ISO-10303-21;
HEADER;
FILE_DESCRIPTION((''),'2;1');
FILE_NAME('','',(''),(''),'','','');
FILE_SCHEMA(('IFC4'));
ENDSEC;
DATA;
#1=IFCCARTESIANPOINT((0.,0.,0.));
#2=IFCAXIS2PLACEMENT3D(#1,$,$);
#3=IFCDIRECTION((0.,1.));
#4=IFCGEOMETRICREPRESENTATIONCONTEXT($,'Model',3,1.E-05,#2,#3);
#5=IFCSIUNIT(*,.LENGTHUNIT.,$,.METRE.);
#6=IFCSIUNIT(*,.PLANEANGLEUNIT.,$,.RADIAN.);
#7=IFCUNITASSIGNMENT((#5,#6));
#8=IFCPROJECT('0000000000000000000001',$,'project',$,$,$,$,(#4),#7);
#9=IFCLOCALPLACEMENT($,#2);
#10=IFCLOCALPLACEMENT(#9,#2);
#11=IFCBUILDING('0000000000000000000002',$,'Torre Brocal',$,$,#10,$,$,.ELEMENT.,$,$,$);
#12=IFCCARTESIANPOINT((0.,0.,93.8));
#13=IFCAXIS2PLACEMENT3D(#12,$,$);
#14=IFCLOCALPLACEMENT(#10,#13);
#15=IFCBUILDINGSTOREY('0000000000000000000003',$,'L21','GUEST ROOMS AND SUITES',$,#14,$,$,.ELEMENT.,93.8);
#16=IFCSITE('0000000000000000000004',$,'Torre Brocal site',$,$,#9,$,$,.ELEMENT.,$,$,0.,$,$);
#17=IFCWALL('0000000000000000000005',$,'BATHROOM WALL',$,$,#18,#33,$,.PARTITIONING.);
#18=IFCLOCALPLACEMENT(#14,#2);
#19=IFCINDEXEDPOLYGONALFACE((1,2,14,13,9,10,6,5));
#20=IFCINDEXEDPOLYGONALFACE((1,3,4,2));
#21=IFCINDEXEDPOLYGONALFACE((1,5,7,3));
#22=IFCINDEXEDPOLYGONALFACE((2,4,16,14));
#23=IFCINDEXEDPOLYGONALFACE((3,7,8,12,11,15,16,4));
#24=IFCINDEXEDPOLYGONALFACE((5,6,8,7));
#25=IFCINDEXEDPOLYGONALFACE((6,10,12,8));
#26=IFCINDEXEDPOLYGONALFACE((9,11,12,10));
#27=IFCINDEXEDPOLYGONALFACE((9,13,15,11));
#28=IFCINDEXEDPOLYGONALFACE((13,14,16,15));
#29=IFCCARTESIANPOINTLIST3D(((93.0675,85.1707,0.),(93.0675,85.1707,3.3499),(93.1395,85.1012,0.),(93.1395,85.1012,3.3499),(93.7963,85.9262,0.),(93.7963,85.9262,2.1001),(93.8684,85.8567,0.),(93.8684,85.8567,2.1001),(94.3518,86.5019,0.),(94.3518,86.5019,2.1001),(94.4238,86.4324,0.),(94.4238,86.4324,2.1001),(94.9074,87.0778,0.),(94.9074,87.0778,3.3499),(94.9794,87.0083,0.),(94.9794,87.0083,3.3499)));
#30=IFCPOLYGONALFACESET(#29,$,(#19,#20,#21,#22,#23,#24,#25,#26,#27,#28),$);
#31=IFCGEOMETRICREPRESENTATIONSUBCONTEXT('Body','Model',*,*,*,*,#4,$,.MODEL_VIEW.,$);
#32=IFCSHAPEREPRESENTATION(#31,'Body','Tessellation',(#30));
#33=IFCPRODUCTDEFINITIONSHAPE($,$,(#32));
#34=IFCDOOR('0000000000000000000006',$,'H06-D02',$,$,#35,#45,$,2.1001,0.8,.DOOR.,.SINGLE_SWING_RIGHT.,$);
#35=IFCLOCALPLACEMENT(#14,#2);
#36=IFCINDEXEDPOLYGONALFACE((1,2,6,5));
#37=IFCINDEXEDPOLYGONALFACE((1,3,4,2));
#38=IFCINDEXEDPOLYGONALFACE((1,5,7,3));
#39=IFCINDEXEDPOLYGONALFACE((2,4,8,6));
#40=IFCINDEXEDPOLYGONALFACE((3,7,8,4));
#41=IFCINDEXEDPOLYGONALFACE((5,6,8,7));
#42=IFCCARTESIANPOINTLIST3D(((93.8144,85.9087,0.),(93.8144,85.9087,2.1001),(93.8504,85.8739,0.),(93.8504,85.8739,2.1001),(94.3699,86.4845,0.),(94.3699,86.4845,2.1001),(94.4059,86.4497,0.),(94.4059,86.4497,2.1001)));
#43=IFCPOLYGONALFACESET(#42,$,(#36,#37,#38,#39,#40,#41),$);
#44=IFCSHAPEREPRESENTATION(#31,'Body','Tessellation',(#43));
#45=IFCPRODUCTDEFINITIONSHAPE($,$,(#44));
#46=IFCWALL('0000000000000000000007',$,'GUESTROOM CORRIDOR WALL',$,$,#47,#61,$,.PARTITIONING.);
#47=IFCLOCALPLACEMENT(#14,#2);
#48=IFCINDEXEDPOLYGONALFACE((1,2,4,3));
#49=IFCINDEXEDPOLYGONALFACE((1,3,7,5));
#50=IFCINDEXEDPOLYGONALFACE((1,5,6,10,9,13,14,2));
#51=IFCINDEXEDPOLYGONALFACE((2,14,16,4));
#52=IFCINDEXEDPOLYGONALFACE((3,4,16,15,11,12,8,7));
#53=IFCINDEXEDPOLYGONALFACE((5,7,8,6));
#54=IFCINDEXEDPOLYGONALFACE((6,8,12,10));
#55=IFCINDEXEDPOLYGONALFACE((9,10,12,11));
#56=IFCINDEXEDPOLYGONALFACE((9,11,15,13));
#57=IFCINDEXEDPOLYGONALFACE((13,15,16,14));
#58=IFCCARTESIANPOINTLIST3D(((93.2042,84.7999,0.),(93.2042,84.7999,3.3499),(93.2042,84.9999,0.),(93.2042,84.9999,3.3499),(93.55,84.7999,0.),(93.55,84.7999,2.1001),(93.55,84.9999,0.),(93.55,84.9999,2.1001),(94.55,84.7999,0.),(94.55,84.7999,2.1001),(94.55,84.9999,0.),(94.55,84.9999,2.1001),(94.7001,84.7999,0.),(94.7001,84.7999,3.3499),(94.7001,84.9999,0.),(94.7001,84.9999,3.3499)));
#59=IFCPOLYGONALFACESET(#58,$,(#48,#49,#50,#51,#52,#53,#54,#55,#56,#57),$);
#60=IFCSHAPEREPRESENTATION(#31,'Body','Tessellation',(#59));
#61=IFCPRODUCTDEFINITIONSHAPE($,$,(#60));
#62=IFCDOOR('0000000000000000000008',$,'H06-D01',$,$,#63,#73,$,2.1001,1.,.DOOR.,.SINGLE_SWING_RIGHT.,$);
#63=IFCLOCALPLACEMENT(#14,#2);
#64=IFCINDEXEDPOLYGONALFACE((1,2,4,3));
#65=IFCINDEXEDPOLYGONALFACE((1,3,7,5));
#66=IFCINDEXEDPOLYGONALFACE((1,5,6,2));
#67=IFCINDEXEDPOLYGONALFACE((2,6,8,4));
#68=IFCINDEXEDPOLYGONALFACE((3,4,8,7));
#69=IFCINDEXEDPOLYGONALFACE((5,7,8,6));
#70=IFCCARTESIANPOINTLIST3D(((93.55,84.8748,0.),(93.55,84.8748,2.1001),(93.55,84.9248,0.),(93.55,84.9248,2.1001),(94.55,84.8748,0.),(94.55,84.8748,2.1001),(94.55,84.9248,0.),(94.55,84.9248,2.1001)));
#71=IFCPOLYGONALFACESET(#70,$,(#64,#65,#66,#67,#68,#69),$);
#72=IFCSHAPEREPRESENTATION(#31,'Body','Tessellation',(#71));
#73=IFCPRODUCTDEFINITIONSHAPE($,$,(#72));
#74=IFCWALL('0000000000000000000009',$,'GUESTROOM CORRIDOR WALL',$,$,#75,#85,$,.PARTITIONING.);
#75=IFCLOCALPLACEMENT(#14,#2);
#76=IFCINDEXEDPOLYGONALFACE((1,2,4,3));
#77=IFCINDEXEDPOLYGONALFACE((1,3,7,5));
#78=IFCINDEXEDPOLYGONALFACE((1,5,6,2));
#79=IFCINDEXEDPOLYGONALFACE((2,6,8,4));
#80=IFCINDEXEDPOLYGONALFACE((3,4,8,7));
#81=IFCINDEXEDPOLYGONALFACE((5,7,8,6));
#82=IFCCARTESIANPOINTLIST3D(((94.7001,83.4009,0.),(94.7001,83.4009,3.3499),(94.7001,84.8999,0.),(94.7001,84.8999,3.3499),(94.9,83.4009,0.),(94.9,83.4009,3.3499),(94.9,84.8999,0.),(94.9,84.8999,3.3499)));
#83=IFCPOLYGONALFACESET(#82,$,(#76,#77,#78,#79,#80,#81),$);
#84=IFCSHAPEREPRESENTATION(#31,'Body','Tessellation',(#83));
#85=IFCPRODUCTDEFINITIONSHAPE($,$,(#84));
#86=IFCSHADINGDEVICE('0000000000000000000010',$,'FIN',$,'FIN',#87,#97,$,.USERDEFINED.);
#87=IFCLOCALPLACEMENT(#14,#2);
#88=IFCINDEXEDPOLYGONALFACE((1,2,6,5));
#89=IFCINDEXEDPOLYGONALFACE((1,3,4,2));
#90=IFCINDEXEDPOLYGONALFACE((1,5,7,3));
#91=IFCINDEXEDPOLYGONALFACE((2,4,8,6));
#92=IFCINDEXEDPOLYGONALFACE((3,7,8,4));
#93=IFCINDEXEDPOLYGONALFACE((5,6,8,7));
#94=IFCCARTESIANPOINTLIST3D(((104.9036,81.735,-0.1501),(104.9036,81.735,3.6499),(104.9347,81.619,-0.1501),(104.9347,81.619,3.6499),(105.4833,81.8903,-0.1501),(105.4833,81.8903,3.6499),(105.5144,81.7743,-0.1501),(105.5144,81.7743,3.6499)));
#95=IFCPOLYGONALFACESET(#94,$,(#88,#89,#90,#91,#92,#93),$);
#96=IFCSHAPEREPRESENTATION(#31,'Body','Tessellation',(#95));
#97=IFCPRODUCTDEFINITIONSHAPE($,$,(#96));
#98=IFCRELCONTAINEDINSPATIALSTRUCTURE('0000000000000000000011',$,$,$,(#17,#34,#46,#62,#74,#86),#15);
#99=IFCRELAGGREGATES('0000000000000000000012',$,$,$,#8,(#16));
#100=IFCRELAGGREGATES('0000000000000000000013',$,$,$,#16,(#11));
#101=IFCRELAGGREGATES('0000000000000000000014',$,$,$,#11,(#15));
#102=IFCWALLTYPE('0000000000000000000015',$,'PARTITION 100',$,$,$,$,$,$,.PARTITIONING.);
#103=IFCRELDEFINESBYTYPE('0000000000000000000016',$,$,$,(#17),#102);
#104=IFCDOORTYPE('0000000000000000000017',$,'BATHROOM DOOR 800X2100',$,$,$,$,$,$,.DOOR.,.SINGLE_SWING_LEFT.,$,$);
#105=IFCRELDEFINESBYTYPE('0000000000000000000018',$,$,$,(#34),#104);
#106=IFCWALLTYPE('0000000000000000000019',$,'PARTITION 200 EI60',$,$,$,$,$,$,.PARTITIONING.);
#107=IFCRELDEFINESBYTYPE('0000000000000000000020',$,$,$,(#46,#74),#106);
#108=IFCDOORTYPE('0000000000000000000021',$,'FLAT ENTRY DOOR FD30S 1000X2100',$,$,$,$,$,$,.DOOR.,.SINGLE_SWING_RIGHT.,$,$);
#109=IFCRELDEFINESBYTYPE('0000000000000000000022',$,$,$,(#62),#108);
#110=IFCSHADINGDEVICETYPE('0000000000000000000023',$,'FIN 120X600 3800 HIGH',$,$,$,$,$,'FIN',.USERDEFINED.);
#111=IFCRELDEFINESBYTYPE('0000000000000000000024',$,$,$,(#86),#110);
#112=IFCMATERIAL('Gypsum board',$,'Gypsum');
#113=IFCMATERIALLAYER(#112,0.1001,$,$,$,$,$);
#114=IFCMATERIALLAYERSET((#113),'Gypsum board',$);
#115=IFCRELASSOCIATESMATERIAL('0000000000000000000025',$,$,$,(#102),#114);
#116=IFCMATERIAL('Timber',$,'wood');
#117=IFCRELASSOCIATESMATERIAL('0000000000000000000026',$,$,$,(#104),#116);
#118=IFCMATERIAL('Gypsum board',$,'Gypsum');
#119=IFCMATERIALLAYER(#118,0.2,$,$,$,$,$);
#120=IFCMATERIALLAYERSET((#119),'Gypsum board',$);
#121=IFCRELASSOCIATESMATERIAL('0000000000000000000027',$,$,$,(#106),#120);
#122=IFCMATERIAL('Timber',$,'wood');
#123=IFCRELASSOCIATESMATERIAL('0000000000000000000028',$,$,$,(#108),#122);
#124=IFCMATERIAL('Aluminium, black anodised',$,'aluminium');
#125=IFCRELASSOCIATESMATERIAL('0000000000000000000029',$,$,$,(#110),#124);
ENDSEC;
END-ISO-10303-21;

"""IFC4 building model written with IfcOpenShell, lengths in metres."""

from ifc_helpers import new_model, si_unit, direction, frame, frame_2d, origin, origin_2d, place, context, subcontext, project, spatial, rectangle, extrude, material, layer, layer_set, material_profile, profile_set, type_object, element, fill, save


model = new_model("IFC4")

# Units and contexts
model_context = context("Model", 3, precision=1e-05, world=origin(), true_north=direction((0.0, 1.0)))
body_context = subcontext(model_context, "Body", "Model", "MODEL_VIEW")
ifc_project = project(units=[si_unit("LENGTHUNIT", "METRE"), si_unit("PLANEANGLEUNIT", "RADIAN")], contexts=[model_context])

# Site, building, storey
site_placement = place(None, origin())
site = spatial("IfcSite", under=ifc_project, at=site_placement, Name="Torre Brocal site", CompositionType="ELEMENT", RefElevation=0.0)
building_placement = place(site_placement, origin())
building = spatial("IfcBuilding", under=site, at=building_placement, Name="Torre Brocal", CompositionType="ELEMENT")
storey_placement = place(building_placement, frame((0.0, 0.0, 93.8)))
storey = spatial("IfcBuildingStorey", under=building, at=storey_placement, Name="L21", Description="GUEST ROOMS AND SUITES", CompositionType="ELEMENT", Elevation=93.8)

# Walls, openings, doors
ifc_material_1 = material(Name="Gypsum board", Category="Gypsum")
ifc_layer_1 = layer(ifc_material_1, 0.1001)
ifc_layer_set_1 = layer_set([ifc_layer_1], Name="Gypsum board")
wall_type_1 = type_object("IfcWallType", Name="PARTITION 100", PredefinedType="PARTITIONING", material=ifc_layer_set_1)
wall_1_placement = place(storey_placement, frame((93.1035, 85.136, 0.0), z_axis=(0.0, 0.0, 1.0), x_axis=(0.694325, 0.719662, 0.0)))
wall_1 = element("IfcWall", 1, at=wall_1_placement, inside=storey, type_object=wall_type_1, Name="BATHROOM WALL", PredefinedType="PARTITIONING", context=body_context, shape_type="SweptSolid", body=[
    extrude(rectangle(XDim=2.6499, YDim=0.1001, at=frame_2d((1.325, 0.0))), origin(), (0.0, 0.0, 1.0), 3.3499),
])
opening_1_placement = place(wall_1_placement, frame((1.0498, 0.0, 0.0)))
opening_1 = element("IfcOpeningElement", 2, at=opening_1_placement, cuts=wall_1, PredefinedType="OPENING", context=body_context, shape_type="SweptSolid", body=[
    extrude(rectangle(XDim=0.8, YDim=2.1001, at=frame_2d((0.3999, 1.05))), frame((0.0, 0.0601, 0.0), z_axis=(0.0, -1.0, 0.0), x_axis=(1.0, 0.0, 0.0)), (0.0, 0.0, 1.0), 0.1201),
])
ifc_material_2 = material(Name="Timber", Category="wood")
door_type_1 = type_object("IfcDoorType", Name="BATHROOM DOOR 800X2100", OperationType="SINGLE_SWING_LEFT", PredefinedType="DOOR", material=ifc_material_2)
door_1_placement = place(opening_1_placement, origin())
door_1 = element("IfcDoor", 3, at=door_1_placement, inside=storey, type_object=door_type_1, Name="H06-D02", OperationType="SINGLE_SWING_RIGHT", OverallHeight=2.1001, OverallWidth=0.8, PredefinedType="DOOR", context=body_context, shape_type="SweptSolid", body=[
    extrude(rectangle(XDim=0.8, YDim=2.1001, at=frame_2d((0.3999, 1.05))), frame((0.0, 0.0249, 0.0), z_axis=(0.0, -1.0, 0.0), x_axis=(1.0, 0.0, 0.0)), (0.0, 0.0, 1.0), 0.05),
])
fill(opening_1, door_1)
ifc_material_3 = material(Name="Gypsum board", Category="Gypsum")
ifc_layer_2 = layer(ifc_material_3, 0.2)
ifc_layer_set_2 = layer_set([ifc_layer_2], Name="Gypsum board")
wall_type_2 = type_object("IfcWallType", Name="PARTITION 200 EI60", PredefinedType="PARTITIONING", material=ifc_layer_set_2)
wall_2_placement = place(storey_placement, frame((93.2041, 84.8999, 0.0), z_axis=(0.0, 0.0, 1.0), x_axis=(1.0, 0.0, 0.0)))
wall_2 = element("IfcWall", 4, at=wall_2_placement, inside=storey, type_object=wall_type_2, Name="GUESTROOM CORRIDOR WALL", PredefinedType="PARTITIONING", context=body_context, shape_type="SweptSolid", body=[
    extrude(rectangle(XDim=1.4958, YDim=0.2, at=frame_2d((0.748, 0.0))), origin(), (0.0, 0.0, 1.0), 3.3499),
])
opening_2_placement = place(wall_2_placement, frame((0.3459, 0.0, 0.0)))
opening_2 = element("IfcOpeningElement", 5, at=opening_2_placement, cuts=wall_2, PredefinedType="OPENING", context=body_context, shape_type="SweptSolid", body=[
    extrude(rectangle(XDim=1.0, YDim=2.1001, at=frame_2d((0.5, 1.05))), frame((0.0, 0.1099, 0.0), z_axis=(0.0, -1.0, 0.0), x_axis=(1.0, 0.0, 0.0)), (0.0, 0.0, 1.0), 0.22),
])
ifc_material_4 = material(Name="Timber", Category="wood")
door_type_2 = type_object("IfcDoorType", Name="FLAT ENTRY DOOR FD30S 1000X2100", OperationType="SINGLE_SWING_RIGHT", PredefinedType="DOOR", material=ifc_material_4)
door_2_placement = place(opening_2_placement, origin())
door_2 = element("IfcDoor", 6, at=door_2_placement, inside=storey, type_object=door_type_2, Name="H06-D01", OperationType="SINGLE_SWING_RIGHT", OverallHeight=2.1001, OverallWidth=1.0, PredefinedType="DOOR", context=body_context, shape_type="SweptSolid", body=[
    extrude(rectangle(XDim=1.0, YDim=2.1001, at=frame_2d((0.5, 1.05))), frame((0.0, 0.0249, 0.0), z_axis=(0.0, -1.0, 0.0), x_axis=(1.0, 0.0, 0.0)), (0.0, 0.0, 1.0), 0.05),
])
fill(opening_2, door_2)

# Wall
wall_3_placement = place(storey_placement, frame((94.8, 83.4009, 0.0), z_axis=(0.0, 0.0, 1.0), x_axis=(0.0, 1.0, 0.0)))
element("IfcWall", 7, at=wall_3_placement, inside=storey, type_object=wall_type_2, Name="GUESTROOM CORRIDOR WALL", PredefinedType="PARTITIONING", context=body_context, shape_type="SweptSolid", body=[
    extrude(rectangle(XDim=1.499, YDim=0.2, at=frame_2d((0.7495, 0.0))), origin(), (0.0, 0.0, 1.0), 3.3499),
])

# Shading device
ifc_material_5 = material(Name="Aluminium, black anodised", Category="aluminium")
ifc_material_profile_1 = material_profile(ifc_material_5, rectangle(XDim=0.1201, YDim=0.6001, at=origin_2d()), Name="FIN 120X600 3800 HIGH")
ifc_profile_set_1 = profile_set([ifc_material_profile_1], Name="Aluminium, black anodised")
shading_device_type = type_object("IfcShadingDeviceType", Name="FIN 120X600 3800 HIGH", ElementType="FIN", PredefinedType="USERDEFINED", material=ifc_profile_set_1)
shading_device_placement = place(storey_placement, frame((105.209, 81.7546, -0.1501), z_axis=(0.0, 0.0, 1.0), x_axis=(-0.258819, 0.965926, 0.0)))
element("IfcShadingDevice", 8, at=shading_device_placement, inside=storey, type_object=shading_device_type, Name="FIN", ObjectType="FIN", PredefinedType="USERDEFINED", context=body_context, shape_type="SweptSolid", body=[
    extrude(rectangle(XDim=0.1201, YDim=0.6001, at=origin_2d()), origin(), (0.0, 0.0, 1.0), 3.8),
])

save(model, "model.ifc")
